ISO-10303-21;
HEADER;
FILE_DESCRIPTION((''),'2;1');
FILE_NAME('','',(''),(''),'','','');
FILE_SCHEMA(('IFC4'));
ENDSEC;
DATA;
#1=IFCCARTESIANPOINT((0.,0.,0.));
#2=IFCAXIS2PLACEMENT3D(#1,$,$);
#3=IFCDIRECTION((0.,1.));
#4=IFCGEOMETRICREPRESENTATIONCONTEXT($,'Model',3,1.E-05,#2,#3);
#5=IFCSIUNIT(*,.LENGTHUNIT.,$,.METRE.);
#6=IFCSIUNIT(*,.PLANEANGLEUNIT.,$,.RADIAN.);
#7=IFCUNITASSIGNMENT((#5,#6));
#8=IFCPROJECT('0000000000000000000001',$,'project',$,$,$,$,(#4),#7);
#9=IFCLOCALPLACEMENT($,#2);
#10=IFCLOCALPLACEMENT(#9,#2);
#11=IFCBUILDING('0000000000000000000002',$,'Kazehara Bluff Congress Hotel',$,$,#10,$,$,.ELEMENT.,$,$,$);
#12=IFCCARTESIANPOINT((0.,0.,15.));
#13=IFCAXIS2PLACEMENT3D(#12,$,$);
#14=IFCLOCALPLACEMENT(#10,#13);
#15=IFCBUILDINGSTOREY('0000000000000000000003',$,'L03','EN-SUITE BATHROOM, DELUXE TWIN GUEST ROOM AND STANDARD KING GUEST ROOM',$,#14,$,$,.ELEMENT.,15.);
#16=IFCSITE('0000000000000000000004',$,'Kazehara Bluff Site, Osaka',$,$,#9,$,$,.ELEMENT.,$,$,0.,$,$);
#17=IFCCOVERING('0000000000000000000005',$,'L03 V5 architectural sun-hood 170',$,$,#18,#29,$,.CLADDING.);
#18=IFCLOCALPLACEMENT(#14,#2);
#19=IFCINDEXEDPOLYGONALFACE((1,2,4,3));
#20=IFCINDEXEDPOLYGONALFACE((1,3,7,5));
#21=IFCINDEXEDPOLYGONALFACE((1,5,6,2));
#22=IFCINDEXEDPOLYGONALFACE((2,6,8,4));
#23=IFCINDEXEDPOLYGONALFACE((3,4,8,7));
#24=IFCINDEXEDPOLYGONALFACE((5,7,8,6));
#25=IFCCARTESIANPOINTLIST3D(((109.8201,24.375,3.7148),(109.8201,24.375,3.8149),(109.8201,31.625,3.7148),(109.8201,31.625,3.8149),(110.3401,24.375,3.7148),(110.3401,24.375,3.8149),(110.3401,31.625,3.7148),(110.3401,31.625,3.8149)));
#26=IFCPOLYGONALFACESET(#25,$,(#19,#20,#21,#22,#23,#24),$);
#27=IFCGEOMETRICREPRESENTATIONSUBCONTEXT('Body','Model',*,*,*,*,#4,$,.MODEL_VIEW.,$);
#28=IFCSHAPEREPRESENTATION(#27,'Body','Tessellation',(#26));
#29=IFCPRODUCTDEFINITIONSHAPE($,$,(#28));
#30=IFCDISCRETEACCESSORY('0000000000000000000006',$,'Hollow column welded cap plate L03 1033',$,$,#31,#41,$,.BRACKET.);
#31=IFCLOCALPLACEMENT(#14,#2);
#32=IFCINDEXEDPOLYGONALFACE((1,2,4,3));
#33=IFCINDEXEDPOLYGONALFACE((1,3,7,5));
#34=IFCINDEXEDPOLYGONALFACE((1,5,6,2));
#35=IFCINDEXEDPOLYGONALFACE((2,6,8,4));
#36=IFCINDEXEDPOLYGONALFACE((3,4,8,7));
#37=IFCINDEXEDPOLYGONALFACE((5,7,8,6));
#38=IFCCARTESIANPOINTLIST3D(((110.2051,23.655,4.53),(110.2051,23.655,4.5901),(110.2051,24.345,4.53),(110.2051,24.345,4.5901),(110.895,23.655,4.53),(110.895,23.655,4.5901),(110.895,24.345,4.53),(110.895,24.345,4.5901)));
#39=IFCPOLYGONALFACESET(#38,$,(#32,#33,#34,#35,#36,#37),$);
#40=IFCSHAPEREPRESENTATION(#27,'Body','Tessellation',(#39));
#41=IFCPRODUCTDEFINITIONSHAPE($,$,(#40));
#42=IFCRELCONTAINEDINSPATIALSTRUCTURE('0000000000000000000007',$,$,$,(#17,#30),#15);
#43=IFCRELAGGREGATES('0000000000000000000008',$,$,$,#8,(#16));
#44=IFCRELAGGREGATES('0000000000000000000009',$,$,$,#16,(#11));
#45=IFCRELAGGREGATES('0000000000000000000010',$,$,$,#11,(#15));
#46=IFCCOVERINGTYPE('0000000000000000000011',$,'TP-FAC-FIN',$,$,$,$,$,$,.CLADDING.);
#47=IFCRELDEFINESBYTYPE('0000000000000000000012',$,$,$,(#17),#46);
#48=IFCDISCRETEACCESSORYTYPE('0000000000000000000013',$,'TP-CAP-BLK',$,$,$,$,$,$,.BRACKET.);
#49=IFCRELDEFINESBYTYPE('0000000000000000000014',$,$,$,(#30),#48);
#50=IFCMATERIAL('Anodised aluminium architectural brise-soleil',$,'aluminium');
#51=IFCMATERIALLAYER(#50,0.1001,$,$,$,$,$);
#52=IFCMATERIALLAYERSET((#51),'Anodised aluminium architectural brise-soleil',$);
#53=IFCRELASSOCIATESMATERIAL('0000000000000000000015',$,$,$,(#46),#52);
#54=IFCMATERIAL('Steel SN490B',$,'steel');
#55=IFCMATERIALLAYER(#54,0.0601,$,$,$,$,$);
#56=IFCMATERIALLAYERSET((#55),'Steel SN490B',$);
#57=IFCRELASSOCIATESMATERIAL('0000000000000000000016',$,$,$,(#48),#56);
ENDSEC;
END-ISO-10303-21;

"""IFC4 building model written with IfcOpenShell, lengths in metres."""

from ifc_helpers import new_model, si_unit, direction, frame, origin, origin_2d, place, context, subcontext, project, spatial, rectangle, extrude, material, layer, layer_set, type_object, element, save


model = new_model("IFC4")

# Units and contexts
model_context = context("Model", 3, precision=1e-05, world=origin(), true_north=direction((0.0, 1.0)))
body_context = subcontext(model_context, "Body", "Model", "MODEL_VIEW")
ifc_project = project(units=[si_unit("LENGTHUNIT", "METRE"), si_unit("PLANEANGLEUNIT", "RADIAN")], contexts=[model_context])

# Site, building, storey
site_placement = place(None, origin())
site = spatial("IfcSite", under=ifc_project, at=site_placement, Name="Kazehara Bluff Site, Osaka", CompositionType="ELEMENT", RefElevation=0.0)
building_placement = place(site_placement, origin())
building = spatial("IfcBuilding", under=site, at=building_placement, Name="Kazehara Bluff Congress Hotel", CompositionType="ELEMENT")
storey_placement = place(building_placement, frame((0.0, 0.0, 15.0)))
storey = spatial("IfcBuildingStorey", under=building, at=storey_placement, Name="L03", Description="EN-SUITE BATHROOM, DELUXE TWIN GUEST ROOM AND STANDARD KING GUEST ROOM", CompositionType="ELEMENT", Elevation=15.0)

# Covering
ifc_material_1 = material(Name="Anodised aluminium architectural brise-soleil", Category="aluminium")
ifc_layer_1 = layer(ifc_material_1, 0.1001)
ifc_layer_set_1 = layer_set([ifc_layer_1], Name="Anodised aluminium architectural brise-soleil")
covering_type = type_object("IfcCoveringType", Name="TP-FAC-FIN", PredefinedType="CLADDING", material=ifc_layer_set_1)
covering_placement = place(storey_placement, frame((110.0801, 28.0, 3.7148), z_axis=(0.0, 0.0, 1.0), x_axis=(1.0, 0.0, 0.0)))
element("IfcCovering", 1, at=covering_placement, inside=storey, type_object=covering_type, Name="L03 V5 architectural sun-hood 170", PredefinedType="CLADDING", context=body_context, shape_type="SweptSolid", body=[
    extrude(rectangle(XDim=0.52, YDim=7.25, at=origin_2d()), origin(), (0.0, 0.0, 1.0), 0.1001),
])

# Discrete accessory
ifc_material_2 = material(Name="Steel SN490B", Category="steel")
ifc_layer_2 = layer(ifc_material_2, 0.0601)
ifc_layer_set_2 = layer_set([ifc_layer_2], Name="Steel SN490B")
discrete_accessory_type = type_object("IfcDiscreteAccessoryType", Name="TP-CAP-BLK", PredefinedType="BRACKET", material=ifc_layer_set_2)
discrete_accessory_placement = place(storey_placement, frame((110.55, 24.0, 4.53), z_axis=(0.0, 0.0, 1.0), x_axis=(1.0, 0.0, 0.0)))
element("IfcDiscreteAccessory", 2, at=discrete_accessory_placement, inside=storey, type_object=discrete_accessory_type, Name="Hollow column welded cap plate L03 1033", PredefinedType="BRACKET", context=body_context, shape_type="SweptSolid", body=[
    extrude(rectangle(XDim=0.6899, YDim=0.6899, at=origin_2d()), origin(), (0.0, 0.0, 1.0), 0.0601),
])

save(model, "model.ifc")
